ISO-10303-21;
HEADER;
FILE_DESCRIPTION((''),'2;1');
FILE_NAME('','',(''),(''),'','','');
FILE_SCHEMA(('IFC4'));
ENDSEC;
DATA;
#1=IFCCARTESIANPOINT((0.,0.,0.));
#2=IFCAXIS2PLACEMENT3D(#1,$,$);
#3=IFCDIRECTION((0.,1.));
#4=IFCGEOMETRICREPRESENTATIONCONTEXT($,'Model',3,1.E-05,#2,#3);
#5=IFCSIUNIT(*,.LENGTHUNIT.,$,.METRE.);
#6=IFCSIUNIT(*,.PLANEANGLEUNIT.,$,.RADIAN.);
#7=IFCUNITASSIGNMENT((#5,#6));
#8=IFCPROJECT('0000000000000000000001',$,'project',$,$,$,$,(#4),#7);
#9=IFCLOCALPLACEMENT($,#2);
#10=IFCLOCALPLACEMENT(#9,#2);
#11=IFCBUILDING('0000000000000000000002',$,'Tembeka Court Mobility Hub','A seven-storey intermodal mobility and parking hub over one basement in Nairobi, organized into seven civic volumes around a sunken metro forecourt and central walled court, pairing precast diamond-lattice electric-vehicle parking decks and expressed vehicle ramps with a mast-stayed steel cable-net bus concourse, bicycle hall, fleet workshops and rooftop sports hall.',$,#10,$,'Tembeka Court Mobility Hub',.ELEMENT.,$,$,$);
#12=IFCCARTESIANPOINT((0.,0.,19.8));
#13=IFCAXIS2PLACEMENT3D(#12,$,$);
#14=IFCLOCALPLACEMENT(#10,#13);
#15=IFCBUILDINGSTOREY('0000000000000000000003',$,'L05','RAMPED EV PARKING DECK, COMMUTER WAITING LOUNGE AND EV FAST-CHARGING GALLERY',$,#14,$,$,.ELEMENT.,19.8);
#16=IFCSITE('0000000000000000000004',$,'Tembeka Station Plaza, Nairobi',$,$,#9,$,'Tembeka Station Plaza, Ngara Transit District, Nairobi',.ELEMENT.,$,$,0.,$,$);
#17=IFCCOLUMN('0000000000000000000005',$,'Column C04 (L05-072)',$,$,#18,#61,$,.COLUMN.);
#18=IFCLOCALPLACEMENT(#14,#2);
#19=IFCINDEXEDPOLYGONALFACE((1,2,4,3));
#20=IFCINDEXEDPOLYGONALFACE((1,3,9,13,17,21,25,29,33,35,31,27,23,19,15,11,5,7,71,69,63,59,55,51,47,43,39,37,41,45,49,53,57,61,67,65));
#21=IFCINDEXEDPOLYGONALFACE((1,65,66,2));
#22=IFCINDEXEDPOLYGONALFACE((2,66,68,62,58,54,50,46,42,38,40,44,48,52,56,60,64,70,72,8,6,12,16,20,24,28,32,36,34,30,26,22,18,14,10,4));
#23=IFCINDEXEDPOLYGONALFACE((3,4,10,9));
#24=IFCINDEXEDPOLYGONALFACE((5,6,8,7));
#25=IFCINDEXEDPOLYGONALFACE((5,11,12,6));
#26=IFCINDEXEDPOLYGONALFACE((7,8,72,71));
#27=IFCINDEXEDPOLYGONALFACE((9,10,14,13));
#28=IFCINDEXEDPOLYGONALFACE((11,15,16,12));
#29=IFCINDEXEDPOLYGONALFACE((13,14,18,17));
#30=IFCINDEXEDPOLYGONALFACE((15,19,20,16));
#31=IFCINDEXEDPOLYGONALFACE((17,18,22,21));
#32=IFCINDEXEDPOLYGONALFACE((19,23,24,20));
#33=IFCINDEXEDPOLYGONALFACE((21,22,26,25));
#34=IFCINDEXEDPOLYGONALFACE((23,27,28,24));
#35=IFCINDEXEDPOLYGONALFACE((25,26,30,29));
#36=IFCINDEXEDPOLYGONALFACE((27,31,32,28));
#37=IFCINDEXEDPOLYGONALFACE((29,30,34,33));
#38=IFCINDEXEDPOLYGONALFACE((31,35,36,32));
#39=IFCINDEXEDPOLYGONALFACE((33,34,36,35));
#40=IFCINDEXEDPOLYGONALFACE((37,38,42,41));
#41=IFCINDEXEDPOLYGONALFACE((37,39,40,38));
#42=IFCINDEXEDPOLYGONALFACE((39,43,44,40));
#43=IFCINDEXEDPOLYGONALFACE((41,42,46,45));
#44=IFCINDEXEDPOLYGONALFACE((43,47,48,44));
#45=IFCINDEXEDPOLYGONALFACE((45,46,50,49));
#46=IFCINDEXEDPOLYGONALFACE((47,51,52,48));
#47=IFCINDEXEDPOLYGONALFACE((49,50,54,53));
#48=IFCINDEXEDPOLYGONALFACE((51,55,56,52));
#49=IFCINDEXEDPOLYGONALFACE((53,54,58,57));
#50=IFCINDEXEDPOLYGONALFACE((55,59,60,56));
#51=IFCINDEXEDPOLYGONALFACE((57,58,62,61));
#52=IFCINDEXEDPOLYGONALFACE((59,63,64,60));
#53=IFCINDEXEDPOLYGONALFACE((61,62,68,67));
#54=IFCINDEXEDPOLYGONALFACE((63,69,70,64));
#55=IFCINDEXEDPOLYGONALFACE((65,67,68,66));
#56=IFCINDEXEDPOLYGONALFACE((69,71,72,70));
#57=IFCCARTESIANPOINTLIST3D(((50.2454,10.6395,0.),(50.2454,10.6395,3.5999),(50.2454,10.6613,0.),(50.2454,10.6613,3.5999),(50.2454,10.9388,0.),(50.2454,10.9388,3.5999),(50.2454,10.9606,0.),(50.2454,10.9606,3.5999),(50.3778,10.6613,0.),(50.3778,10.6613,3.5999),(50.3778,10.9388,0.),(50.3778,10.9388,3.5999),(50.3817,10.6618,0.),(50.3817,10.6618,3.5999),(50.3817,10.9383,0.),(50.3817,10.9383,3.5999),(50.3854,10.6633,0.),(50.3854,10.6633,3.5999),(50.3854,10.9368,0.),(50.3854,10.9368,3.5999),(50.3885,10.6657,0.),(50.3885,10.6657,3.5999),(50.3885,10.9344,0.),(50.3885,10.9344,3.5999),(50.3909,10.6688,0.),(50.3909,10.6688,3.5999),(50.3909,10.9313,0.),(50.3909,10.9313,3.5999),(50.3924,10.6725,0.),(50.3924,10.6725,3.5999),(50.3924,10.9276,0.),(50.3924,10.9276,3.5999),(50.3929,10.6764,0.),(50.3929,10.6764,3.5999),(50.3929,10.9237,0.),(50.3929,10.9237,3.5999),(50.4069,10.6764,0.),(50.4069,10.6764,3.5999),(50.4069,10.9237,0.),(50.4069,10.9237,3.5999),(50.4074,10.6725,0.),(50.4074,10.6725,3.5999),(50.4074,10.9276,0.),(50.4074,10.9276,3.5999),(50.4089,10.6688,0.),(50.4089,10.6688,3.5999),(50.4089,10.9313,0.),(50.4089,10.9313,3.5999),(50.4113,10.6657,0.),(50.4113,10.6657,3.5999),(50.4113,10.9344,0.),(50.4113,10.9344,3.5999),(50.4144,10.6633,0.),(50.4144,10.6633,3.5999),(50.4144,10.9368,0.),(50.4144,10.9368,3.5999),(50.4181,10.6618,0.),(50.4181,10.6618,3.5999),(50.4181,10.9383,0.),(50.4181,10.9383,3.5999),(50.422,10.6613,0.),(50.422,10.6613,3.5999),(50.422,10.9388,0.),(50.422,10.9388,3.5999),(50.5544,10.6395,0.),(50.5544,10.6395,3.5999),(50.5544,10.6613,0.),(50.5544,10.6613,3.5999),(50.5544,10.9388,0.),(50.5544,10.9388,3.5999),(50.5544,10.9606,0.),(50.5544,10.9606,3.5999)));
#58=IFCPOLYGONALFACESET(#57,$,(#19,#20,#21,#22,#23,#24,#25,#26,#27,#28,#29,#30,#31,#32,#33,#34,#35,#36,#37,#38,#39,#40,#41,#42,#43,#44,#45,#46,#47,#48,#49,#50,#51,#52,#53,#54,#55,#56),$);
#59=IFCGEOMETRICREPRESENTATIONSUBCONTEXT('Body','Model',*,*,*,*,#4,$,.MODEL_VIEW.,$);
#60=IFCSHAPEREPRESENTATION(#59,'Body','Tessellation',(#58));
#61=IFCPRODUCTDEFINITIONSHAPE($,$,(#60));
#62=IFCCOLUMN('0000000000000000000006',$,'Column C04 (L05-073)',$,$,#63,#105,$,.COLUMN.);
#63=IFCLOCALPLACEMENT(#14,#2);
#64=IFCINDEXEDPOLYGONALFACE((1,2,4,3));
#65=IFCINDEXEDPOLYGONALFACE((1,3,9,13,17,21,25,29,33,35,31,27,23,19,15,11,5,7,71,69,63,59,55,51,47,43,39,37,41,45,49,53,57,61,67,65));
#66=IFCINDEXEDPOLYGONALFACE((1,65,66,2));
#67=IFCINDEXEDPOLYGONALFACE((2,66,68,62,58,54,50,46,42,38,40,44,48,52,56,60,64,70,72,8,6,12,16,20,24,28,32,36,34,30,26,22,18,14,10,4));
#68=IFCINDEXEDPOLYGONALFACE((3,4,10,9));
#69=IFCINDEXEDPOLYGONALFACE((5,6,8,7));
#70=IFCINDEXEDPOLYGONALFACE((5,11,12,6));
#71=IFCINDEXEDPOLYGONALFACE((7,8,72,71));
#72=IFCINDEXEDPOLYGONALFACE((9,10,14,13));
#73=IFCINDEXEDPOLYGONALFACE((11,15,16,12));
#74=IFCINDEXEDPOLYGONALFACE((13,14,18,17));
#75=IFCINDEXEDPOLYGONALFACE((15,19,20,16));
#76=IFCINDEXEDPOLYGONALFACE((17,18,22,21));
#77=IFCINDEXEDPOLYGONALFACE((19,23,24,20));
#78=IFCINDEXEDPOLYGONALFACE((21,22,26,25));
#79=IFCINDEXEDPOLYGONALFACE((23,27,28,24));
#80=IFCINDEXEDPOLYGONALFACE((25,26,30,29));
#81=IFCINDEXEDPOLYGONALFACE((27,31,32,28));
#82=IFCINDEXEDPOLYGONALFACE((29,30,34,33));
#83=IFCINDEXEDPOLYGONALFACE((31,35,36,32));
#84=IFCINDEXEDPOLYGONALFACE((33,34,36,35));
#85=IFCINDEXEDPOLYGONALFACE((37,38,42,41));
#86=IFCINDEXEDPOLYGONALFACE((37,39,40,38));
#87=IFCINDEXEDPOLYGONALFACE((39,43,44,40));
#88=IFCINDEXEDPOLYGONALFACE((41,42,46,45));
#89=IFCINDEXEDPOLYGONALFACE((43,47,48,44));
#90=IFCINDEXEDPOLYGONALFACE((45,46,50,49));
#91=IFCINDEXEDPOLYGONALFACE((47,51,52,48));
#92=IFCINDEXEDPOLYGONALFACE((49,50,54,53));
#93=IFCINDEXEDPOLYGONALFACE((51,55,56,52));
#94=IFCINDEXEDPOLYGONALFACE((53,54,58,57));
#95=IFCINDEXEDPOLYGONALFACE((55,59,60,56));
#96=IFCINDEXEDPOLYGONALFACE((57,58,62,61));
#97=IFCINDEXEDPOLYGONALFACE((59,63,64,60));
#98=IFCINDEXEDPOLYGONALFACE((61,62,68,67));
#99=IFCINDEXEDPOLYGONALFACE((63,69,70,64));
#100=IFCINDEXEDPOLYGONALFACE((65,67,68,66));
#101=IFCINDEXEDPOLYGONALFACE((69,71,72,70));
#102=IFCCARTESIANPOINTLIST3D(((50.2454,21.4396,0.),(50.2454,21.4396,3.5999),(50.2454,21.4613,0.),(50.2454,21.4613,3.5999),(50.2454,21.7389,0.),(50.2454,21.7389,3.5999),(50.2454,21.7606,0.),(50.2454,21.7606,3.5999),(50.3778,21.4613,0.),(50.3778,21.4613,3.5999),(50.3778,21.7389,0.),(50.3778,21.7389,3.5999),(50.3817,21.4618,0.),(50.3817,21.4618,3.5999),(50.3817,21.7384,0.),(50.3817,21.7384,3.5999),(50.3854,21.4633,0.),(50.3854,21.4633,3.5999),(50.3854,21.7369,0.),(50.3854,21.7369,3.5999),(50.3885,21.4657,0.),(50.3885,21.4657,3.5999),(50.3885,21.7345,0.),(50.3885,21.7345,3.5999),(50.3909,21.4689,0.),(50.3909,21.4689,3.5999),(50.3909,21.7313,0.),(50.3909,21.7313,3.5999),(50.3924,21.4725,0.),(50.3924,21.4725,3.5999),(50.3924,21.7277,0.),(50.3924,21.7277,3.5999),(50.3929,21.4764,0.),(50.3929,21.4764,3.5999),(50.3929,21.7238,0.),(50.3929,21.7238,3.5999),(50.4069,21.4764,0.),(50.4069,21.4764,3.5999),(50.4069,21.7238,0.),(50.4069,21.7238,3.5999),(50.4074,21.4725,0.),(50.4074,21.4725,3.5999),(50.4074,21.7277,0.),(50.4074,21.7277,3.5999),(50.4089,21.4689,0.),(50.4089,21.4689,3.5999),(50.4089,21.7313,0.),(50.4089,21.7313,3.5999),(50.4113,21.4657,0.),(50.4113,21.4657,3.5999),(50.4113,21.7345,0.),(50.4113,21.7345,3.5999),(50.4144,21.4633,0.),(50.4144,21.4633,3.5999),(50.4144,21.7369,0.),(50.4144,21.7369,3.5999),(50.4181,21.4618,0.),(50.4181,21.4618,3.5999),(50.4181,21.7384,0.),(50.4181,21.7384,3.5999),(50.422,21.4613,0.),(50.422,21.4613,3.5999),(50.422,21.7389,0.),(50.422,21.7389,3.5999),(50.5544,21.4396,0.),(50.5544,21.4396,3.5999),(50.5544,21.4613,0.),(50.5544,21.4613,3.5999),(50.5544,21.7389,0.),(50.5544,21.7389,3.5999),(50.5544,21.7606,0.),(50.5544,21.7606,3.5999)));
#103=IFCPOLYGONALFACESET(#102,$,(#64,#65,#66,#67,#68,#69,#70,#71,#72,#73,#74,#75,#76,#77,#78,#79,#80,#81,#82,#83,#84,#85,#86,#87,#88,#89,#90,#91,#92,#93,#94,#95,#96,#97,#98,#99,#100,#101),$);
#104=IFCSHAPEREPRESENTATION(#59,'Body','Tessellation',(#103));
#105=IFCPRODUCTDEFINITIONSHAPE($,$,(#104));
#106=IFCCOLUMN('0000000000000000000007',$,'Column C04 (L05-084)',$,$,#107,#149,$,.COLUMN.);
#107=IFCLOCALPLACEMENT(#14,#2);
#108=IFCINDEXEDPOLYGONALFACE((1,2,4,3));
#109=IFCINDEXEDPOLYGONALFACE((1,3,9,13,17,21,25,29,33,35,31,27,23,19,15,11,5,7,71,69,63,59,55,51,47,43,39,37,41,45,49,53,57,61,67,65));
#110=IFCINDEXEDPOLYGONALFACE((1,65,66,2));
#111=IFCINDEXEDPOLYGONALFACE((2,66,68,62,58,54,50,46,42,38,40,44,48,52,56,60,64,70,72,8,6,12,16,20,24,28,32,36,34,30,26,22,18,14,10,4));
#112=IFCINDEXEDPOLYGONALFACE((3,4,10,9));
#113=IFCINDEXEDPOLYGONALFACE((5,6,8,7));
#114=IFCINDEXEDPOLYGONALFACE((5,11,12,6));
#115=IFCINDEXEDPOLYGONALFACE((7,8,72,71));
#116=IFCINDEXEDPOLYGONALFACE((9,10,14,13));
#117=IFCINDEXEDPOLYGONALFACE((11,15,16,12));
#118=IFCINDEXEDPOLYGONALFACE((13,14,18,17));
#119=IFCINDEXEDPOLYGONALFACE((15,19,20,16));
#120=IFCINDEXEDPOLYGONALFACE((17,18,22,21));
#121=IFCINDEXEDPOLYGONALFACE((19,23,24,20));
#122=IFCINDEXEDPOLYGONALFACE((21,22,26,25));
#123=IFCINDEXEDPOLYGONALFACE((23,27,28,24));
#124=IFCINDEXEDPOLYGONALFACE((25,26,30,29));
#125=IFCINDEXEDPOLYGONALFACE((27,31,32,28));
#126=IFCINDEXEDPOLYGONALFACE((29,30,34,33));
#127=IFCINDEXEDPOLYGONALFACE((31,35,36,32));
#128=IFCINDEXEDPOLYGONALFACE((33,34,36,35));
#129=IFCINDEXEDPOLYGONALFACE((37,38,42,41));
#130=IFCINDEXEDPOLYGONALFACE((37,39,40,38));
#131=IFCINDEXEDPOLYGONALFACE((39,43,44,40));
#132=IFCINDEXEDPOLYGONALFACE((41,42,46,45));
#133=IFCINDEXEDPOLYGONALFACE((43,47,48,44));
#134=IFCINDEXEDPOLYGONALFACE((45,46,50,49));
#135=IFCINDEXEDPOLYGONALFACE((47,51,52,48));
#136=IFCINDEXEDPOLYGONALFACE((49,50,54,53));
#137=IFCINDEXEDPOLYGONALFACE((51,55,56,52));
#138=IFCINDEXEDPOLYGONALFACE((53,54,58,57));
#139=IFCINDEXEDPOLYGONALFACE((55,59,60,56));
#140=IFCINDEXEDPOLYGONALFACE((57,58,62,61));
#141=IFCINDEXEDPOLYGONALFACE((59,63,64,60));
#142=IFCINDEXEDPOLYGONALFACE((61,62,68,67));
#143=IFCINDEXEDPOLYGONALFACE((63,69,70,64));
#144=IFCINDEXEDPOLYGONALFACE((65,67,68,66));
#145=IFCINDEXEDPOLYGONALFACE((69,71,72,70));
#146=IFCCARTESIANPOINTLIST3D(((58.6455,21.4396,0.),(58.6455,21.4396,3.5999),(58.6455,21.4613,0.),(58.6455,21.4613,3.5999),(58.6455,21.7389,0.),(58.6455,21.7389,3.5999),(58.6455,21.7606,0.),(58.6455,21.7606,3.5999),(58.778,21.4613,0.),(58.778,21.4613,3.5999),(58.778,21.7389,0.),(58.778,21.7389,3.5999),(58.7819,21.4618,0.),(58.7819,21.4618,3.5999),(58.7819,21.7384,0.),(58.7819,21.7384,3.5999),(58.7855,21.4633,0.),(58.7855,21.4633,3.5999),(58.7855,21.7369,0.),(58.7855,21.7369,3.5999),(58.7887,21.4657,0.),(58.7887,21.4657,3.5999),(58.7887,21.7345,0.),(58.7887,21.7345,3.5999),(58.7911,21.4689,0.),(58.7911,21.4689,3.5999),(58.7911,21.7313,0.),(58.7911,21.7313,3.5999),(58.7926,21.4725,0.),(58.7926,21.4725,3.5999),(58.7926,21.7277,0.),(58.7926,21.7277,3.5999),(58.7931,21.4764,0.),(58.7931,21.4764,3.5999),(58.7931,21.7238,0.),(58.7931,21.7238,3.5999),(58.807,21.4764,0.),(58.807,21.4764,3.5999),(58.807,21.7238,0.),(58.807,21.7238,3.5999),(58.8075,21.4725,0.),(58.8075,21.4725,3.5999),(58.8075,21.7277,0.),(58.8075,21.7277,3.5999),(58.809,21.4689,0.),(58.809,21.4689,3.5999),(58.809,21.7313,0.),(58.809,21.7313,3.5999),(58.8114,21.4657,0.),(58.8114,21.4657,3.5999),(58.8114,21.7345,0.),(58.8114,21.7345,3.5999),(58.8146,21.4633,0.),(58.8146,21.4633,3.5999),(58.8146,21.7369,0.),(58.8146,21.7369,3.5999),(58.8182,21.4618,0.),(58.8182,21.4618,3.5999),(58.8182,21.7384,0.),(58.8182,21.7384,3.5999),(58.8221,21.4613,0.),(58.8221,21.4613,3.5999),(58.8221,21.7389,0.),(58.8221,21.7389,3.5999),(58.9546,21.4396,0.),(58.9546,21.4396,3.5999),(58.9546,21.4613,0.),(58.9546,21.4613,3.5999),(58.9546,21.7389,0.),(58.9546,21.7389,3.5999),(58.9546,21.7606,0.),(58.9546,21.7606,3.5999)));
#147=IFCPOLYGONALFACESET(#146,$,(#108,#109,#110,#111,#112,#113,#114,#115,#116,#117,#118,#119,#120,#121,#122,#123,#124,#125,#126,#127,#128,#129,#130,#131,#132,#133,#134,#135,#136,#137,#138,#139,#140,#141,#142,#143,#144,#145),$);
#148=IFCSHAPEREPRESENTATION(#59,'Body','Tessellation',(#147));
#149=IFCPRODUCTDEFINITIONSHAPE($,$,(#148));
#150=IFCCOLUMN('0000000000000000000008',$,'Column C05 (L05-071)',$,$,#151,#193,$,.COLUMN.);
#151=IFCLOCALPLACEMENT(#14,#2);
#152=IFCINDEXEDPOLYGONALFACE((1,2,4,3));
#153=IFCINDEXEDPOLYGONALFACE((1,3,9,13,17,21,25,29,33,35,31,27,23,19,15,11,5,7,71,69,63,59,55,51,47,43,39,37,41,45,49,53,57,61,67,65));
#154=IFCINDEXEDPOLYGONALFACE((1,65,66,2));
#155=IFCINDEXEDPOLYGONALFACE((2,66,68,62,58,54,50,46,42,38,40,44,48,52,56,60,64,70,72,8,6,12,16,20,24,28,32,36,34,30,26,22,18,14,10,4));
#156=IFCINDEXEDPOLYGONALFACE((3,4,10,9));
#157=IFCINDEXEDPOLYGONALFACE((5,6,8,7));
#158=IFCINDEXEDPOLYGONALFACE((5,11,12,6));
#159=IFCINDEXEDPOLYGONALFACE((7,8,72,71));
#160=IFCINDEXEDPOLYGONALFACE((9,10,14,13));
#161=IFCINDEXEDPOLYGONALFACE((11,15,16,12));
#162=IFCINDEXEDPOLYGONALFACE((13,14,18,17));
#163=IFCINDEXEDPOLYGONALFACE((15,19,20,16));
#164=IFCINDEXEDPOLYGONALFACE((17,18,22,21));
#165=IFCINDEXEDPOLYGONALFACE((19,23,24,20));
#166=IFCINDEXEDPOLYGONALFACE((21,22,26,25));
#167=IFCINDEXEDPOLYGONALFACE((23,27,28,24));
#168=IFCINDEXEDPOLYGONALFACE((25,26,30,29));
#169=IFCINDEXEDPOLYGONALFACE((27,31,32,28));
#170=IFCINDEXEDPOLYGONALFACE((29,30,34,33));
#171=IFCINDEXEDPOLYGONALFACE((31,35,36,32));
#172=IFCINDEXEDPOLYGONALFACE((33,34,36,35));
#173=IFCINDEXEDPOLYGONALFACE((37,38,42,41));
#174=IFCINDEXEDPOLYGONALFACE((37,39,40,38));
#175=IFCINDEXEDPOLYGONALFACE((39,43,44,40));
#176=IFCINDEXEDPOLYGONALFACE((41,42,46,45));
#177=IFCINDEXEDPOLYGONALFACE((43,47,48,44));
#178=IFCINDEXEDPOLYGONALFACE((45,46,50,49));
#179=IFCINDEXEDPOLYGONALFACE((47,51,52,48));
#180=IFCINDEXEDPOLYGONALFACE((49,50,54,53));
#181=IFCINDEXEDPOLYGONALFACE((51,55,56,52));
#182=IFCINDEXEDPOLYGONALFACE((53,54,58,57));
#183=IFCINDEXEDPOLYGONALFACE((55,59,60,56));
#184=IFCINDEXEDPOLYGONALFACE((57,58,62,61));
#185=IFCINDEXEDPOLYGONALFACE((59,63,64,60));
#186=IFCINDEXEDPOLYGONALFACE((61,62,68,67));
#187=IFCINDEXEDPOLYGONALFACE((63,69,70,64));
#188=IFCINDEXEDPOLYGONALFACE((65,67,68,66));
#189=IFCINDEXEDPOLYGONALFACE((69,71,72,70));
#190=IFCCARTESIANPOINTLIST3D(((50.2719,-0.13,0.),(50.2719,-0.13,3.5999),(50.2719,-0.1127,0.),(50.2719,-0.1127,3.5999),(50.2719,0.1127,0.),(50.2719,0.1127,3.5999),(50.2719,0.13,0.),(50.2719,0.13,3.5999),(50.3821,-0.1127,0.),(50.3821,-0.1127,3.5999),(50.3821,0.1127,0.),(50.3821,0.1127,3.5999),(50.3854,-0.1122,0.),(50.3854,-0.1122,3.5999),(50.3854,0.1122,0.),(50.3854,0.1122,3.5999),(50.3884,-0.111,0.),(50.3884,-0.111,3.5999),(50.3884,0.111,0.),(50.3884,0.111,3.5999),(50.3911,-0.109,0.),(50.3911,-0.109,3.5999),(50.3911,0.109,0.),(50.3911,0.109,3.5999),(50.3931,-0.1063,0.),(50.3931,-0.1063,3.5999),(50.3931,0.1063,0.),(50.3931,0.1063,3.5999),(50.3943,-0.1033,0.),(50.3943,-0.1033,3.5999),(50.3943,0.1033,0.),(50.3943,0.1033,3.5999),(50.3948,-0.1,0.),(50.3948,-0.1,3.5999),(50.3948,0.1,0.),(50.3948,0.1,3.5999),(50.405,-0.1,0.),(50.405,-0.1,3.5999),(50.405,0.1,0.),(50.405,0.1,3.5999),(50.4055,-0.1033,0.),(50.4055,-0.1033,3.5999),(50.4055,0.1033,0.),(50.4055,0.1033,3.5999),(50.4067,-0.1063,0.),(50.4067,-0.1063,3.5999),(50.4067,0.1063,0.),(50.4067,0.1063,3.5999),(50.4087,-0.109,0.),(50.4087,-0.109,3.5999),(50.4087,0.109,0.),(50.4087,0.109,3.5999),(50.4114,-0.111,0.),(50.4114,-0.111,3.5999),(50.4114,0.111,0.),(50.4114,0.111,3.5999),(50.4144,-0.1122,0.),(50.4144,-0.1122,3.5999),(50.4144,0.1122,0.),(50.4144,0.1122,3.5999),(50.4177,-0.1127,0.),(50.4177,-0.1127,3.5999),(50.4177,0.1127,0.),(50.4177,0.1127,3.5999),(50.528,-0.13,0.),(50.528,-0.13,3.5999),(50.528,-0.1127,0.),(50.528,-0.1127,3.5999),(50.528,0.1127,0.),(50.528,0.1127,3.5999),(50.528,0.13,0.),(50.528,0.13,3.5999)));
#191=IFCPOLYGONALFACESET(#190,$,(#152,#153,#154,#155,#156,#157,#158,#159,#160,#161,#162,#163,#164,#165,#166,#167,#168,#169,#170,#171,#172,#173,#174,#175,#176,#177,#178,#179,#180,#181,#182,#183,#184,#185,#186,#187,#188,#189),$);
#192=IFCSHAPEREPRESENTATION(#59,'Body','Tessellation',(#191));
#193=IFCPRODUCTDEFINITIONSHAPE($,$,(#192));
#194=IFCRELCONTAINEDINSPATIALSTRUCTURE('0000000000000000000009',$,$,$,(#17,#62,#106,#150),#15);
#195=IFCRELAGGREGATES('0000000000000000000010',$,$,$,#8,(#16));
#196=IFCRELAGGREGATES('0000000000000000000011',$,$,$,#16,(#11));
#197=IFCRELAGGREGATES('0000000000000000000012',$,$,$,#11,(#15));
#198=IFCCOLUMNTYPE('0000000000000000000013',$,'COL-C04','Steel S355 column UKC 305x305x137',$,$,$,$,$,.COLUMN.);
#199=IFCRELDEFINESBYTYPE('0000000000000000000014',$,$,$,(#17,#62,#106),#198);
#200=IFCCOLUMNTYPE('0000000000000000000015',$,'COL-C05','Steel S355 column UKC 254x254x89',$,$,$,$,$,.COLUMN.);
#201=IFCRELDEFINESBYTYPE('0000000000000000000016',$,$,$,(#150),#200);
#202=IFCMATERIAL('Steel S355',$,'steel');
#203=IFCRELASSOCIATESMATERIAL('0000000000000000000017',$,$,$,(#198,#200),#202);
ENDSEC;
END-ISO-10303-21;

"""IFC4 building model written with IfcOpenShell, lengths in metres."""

from ifc_helpers import new_model, si_unit, direction, frame, origin, origin_2d, place, context, subcontext, project, spatial, i_section, extrude, material, material_profile, profile_set, type_object, element, save


model = new_model("IFC4")

# Units and contexts
model_context = context("Model", 3, precision=1e-05, world=origin(), true_north=direction((0.0, 1.0)))
body_context = subcontext(model_context, "Body", "Model", "MODEL_VIEW")
ifc_project = project(units=[si_unit("LENGTHUNIT", "METRE"), si_unit("PLANEANGLEUNIT", "RADIAN")], contexts=[model_context])

# Site, building, storey
site_placement = place(None, origin())
site = spatial("IfcSite", under=ifc_project, at=site_placement, Name="Tembeka Station Plaza, Nairobi", LongName="Tembeka Station Plaza, Ngara Transit District, Nairobi", CompositionType="ELEMENT", RefElevation=0.0)
building_placement = place(site_placement, origin())
building = spatial("IfcBuilding", under=site, at=building_placement, Name="Tembeka Court Mobility Hub", Description="A seven-storey intermodal mobility and parking hub over one basement in Nairobi, organized into seven civic volumes around a sunken metro forecourt and central walled court, pairing precast diamond-lattice electric-vehicle parking decks and expressed vehicle ramps with a mast-stayed steel cable-net bus concourse, bicycle hall, fleet workshops and rooftop sports hall.", LongName="Tembeka Court Mobility Hub", CompositionType="ELEMENT")
storey_placement = place(building_placement, frame((0.0, 0.0, 19.8)))
storey = spatial("IfcBuildingStorey", under=building, at=storey_placement, Name="L05", Description="RAMPED EV PARKING DECK, COMMUTER WAITING LOUNGE AND EV FAST-CHARGING GALLERY", CompositionType="ELEMENT", Elevation=19.8)

# Columns
ifc_material_1 = material(Name="Steel S355", Category="steel")
ifc_material_profile_1 = material_profile(ifc_material_1, i_section(OverallWidth=0.3091, OverallDepth=0.321, WebThickness=0.0139, FlangeThickness=0.0217, FilletRadius=0.0151, at=origin_2d()), Name="UKC 305x305x137")
ifc_profile_set_1 = profile_set([ifc_material_profile_1], Name="Steel S355")
column_type_1 = type_object("IfcColumnType", Name="COL-C04", Description="Steel S355 column UKC 305x305x137", PredefinedType="COLUMN", material=ifc_profile_set_1)
for number, where, z_axis, x_axis, name in (
    (1, (50.3999, 10.8, 0.0), (0.0, 0.0, 1.0), (1.0, 0.0, 0.0), "Column C04 (L05-072)"),
    (2, (50.3999, 21.6001, 0.0), (0.0, 0.0, 1.0), (1.0, 0.0, 0.0), "Column C04 (L05-073)"),
    (3, (58.8, 21.6001, 0.0), (0.0, 0.0, 1.0), (1.0, 0.0, 0.0), "Column C04 (L05-084)"),
):
    element("IfcColumn", number, at=place(storey_placement, frame(where, z_axis=z_axis, x_axis=x_axis)), inside=storey, type_object=column_type_1, Name=name, PredefinedType="COLUMN", context=body_context, shape_type="SweptSolid", body=[
        extrude(i_section(OverallWidth=0.3091, OverallDepth=0.321, WebThickness=0.0139, FlangeThickness=0.0217, FilletRadius=0.0151, at=origin_2d()), origin(), (0.0, 0.0, 1.0), 3.5999),
    ])
ifc_material_profile_2 = material_profile(ifc_material_1, i_section(OverallWidth=0.2561, OverallDepth=0.26, WebThickness=0.0103, FlangeThickness=0.0173, FilletRadius=0.0127, at=origin_2d()), Name="UKC 254x254x89")
ifc_profile_set_2 = profile_set([ifc_material_profile_2], Name="Steel S355")
column_type_2 = type_object("IfcColumnType", Name="COL-C05", Description="Steel S355 column UKC 254x254x89", PredefinedType="COLUMN", material=ifc_profile_set_2)
for number, where, z_axis, x_axis, name in (
    (4, (50.3999, 0.0, 0.0), (0.0, 0.0, 1.0), (1.0, 0.0, 0.0), "Column C05 (L05-071)"),
):
    element("IfcColumn", number, at=place(storey_placement, frame(where, z_axis=z_axis, x_axis=x_axis)), inside=storey, type_object=column_type_2, Name=name, PredefinedType="COLUMN", context=body_context, shape_type="SweptSolid", body=[
        extrude(i_section(OverallWidth=0.2561, OverallDepth=0.26, WebThickness=0.0103, FlangeThickness=0.0173, FilletRadius=0.0127, at=origin_2d()), origin(), (0.0, 0.0, 1.0), 3.5999),
    ])

save(model, "model.ifc")
